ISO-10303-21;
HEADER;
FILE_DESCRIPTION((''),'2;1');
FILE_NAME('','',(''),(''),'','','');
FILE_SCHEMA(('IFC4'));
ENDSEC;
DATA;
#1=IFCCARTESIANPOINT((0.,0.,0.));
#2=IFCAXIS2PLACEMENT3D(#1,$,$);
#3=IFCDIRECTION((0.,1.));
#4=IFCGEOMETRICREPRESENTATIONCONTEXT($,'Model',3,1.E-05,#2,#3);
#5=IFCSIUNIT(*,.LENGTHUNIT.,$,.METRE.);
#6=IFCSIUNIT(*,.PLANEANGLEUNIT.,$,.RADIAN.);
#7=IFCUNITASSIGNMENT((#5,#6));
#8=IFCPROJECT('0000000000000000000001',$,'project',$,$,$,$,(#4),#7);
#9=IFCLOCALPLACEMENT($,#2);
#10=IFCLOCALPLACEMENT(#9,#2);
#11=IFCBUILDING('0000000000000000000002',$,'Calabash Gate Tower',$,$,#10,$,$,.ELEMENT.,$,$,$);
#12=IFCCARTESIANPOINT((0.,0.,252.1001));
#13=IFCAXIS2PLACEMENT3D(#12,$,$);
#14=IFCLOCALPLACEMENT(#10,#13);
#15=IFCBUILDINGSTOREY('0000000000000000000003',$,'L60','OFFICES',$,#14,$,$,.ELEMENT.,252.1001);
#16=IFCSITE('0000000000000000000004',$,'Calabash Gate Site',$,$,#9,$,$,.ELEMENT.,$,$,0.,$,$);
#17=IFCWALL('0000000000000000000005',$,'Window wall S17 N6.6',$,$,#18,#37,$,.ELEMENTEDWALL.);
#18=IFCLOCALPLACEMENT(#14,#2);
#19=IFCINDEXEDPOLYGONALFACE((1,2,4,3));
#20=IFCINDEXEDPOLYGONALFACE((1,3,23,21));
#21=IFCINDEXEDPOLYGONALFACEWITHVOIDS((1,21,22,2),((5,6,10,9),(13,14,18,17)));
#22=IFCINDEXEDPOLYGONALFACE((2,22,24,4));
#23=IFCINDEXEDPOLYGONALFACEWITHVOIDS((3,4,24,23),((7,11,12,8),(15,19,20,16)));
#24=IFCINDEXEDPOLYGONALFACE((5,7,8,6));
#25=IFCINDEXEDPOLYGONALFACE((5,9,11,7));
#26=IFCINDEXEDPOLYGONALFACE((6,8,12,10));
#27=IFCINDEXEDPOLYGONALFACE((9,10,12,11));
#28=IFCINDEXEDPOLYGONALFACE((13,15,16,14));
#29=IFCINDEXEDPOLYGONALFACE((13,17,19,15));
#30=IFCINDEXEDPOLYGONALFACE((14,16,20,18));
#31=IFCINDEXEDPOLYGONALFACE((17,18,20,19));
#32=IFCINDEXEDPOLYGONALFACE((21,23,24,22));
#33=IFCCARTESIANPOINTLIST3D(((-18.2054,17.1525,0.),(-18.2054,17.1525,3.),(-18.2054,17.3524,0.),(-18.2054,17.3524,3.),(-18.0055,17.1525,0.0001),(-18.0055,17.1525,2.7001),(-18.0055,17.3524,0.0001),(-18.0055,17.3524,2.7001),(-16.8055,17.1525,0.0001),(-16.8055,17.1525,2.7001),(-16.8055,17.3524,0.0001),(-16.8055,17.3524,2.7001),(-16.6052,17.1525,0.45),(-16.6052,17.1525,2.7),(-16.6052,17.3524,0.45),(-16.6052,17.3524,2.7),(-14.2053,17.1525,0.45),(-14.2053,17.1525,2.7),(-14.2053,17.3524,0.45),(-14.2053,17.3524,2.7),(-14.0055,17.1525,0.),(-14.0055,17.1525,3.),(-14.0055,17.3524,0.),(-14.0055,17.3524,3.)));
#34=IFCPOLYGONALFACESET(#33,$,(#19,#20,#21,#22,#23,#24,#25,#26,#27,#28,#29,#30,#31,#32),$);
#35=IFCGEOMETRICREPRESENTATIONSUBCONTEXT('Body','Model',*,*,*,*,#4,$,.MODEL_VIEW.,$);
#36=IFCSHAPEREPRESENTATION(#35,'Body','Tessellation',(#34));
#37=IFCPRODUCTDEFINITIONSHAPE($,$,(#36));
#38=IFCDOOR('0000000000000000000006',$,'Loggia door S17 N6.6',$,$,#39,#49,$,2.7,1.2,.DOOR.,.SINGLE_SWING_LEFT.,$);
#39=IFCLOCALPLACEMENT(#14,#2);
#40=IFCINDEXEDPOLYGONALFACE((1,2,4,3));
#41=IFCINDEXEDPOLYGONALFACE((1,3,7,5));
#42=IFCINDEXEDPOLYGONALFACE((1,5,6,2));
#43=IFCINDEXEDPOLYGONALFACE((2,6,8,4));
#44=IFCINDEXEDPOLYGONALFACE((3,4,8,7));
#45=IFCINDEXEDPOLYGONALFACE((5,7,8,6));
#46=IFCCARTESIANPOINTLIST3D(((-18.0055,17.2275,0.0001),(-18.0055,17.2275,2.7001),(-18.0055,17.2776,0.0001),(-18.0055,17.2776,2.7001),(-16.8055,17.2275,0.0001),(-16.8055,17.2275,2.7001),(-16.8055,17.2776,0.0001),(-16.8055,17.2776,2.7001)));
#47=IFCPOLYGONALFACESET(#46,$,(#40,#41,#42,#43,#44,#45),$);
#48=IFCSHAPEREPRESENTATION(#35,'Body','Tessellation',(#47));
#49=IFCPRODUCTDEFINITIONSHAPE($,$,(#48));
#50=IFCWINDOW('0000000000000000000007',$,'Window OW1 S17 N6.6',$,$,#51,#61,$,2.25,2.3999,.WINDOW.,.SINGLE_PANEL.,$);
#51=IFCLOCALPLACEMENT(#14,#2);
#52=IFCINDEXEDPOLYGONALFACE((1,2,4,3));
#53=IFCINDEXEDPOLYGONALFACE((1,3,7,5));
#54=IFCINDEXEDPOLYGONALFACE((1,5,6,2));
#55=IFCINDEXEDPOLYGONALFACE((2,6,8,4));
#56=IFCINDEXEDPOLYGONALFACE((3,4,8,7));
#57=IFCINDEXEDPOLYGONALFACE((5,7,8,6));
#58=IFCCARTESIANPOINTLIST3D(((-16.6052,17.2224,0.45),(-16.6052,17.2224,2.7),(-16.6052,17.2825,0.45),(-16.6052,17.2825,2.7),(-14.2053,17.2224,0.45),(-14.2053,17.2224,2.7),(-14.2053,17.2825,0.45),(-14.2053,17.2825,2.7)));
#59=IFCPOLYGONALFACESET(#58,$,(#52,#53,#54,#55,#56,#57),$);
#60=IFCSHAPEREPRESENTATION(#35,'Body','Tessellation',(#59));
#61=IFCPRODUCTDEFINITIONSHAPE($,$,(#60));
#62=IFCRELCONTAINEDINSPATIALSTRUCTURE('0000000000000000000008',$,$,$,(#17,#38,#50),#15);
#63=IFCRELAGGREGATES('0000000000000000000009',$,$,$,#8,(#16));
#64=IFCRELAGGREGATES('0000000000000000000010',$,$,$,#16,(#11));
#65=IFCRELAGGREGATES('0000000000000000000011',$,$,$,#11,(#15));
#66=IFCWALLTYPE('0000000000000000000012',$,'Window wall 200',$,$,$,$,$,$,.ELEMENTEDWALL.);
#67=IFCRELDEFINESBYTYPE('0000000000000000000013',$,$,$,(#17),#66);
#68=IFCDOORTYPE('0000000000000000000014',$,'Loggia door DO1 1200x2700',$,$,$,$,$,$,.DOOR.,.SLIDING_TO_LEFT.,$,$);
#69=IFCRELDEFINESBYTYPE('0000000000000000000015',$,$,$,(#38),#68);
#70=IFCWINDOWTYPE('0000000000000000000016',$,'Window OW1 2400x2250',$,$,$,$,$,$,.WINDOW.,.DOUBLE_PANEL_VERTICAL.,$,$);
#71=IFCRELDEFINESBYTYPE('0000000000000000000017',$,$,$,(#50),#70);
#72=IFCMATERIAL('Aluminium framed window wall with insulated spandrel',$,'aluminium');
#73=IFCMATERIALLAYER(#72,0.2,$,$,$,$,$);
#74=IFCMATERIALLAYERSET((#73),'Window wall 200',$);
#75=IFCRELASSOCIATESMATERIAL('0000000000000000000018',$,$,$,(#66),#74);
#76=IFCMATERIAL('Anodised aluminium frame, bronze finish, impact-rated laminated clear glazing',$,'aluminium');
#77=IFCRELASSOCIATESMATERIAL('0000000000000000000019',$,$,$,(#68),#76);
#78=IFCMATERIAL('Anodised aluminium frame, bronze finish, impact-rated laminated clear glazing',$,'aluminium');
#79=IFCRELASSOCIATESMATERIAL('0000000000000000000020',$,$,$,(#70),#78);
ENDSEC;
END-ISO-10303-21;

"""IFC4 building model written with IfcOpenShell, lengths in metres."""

from ifc_helpers import new_model, si_unit, direction, frame, frame_2d, origin, place, context, subcontext, project, spatial, rectangle, extrude, material, layer, layer_set, type_object, element, fill, save


model = new_model("IFC4")

# Units and contexts
model_context = context("Model", 3, precision=1e-05, world=origin(), true_north=direction((0.0, 1.0)))
body_context = subcontext(model_context, "Body", "Model", "MODEL_VIEW")
ifc_project = project(units=[si_unit("LENGTHUNIT", "METRE"), si_unit("PLANEANGLEUNIT", "RADIAN")], contexts=[model_context])

# Site, building, storey
site_placement = place(None, origin())
site = spatial("IfcSite", under=ifc_project, at=site_placement, Name="Calabash Gate Site", CompositionType="ELEMENT", RefElevation=0.0)
building_placement = place(site_placement, origin())
building = spatial("IfcBuilding", under=site, at=building_placement, Name="Calabash Gate Tower", CompositionType="ELEMENT")
storey_placement = place(building_placement, frame((0.0, 0.0, 252.1001)))
storey = spatial("IfcBuildingStorey", under=building, at=storey_placement, Name="L60", Description="OFFICES", CompositionType="ELEMENT", Elevation=252.1001)

# Shared definitions
ifc_material_1 = material(Name="Aluminium framed window wall with insulated spandrel", Category="aluminium")
ifc_layer_1 = layer(ifc_material_1, 0.2)
ifc_layer_set_1 = layer_set([ifc_layer_1], Name="Window wall 200")
wall_type_1 = type_object("IfcWallType", Name="Window wall 200", PredefinedType="ELEMENTEDWALL", material=ifc_layer_set_1)
ifc_material_2 = material(Name="Anodised aluminium frame, bronze finish, impact-rated laminated clear glazing", Category="aluminium")
door_type_1 = type_object("IfcDoorType", Name="Loggia door DO1 1200x2700", OperationType="SLIDING_TO_LEFT", PredefinedType="DOOR", material=ifc_material_2)
ifc_material_3 = material(Name="Anodised aluminium frame, bronze finish, impact-rated laminated clear glazing", Category="aluminium")
window_type_1 = type_object("IfcWindowType", Name="Window OW1 2400x2250", PartitioningType="DOUBLE_PANEL_VERTICAL", PredefinedType="WINDOW", material=ifc_material_3)

# Wall, openings, door, window
wall_1_placement = place(storey_placement, frame((-14.0054, 17.2524, 0.0), z_axis=(0.0, 0.0, 1.0), x_axis=(-1.0, 0.0, 0.0)))
wall_1 = element("IfcWall", 1, at=wall_1_placement, inside=storey, type_object=wall_type_1, Name="Window wall S17 N6.6", PredefinedType="ELEMENTEDWALL", context=body_context, shape_type="SweptSolid", body=[
    extrude(rectangle(XDim=4.2, YDim=0.2, at=frame_2d((2.1001, 0.0))), origin(), (0.0, 0.0, 1.0), 3.0),
])
opening_1_placement = place(wall_1_placement, frame((0.2, 0.0, 0.45)))
opening_1 = element("IfcOpeningElement", 2, at=opening_1_placement, cuts=wall_1, PredefinedType="OPENING", context=body_context, shape_type="SweptSolid", body=[
    extrude(rectangle(XDim=2.3999, YDim=2.25, at=frame_2d((1.2, 1.125))), frame((0.0, 0.1099, 0.0), z_axis=(0.0, -1.0, 0.0), x_axis=(1.0, 0.0, 0.0)), (0.0, 0.0, 1.0), 0.22),
])
opening_2_placement = place(wall_1_placement, frame((2.8, 0.0, 0.0)))
opening_2 = element("IfcOpeningElement", 3, at=opening_2_placement, cuts=wall_1, PredefinedType="OPENING", context=body_context, shape_type="SweptSolid", body=[
    extrude(rectangle(XDim=1.2, YDim=2.7, at=frame_2d((0.6001, 1.3501))), frame((0.0, 0.1099, 0.0), z_axis=(0.0, -1.0, 0.0), x_axis=(1.0, 0.0, 0.0)), (0.0, 0.0, 1.0), 0.22),
])
door_1_placement = place(opening_2_placement, origin())
door_1 = element("IfcDoor", 4, at=door_1_placement, inside=storey, type_object=door_type_1, Name="Loggia door S17 N6.6", OperationType="SINGLE_SWING_LEFT", OverallHeight=2.7, OverallWidth=1.2, PredefinedType="DOOR", context=body_context, shape_type="SweptSolid", body=[
    extrude(rectangle(XDim=1.2, YDim=2.7, at=frame_2d((0.6001, 1.3501))), frame((0.0, 0.0249, 0.0), z_axis=(0.0, -1.0, 0.0), x_axis=(1.0, 0.0, 0.0)), (0.0, 0.0, 1.0), 0.05),
])
fill(opening_2, door_1)
window_1_placement = place(opening_1_placement, origin())
window_1 = element("IfcWindow", 5, at=window_1_placement, inside=storey, type_object=window_type_1, Name="Window OW1 S17 N6.6", OverallHeight=2.25, OverallWidth=2.3999, PartitioningType="SINGLE_PANEL", PredefinedType="WINDOW", context=body_context, shape_type="SweptSolid", body=[
    extrude(rectangle(XDim=2.3999, YDim=2.25, at=frame_2d((1.2, 1.125))), frame((0.0, 0.03, 0.0), z_axis=(0.0, -1.0, 0.0), x_axis=(1.0, 0.0, 0.0)), (0.0, 0.0, 1.0), 0.0601),
])
fill(opening_1, window_1)

save(model, "model.ifc")
